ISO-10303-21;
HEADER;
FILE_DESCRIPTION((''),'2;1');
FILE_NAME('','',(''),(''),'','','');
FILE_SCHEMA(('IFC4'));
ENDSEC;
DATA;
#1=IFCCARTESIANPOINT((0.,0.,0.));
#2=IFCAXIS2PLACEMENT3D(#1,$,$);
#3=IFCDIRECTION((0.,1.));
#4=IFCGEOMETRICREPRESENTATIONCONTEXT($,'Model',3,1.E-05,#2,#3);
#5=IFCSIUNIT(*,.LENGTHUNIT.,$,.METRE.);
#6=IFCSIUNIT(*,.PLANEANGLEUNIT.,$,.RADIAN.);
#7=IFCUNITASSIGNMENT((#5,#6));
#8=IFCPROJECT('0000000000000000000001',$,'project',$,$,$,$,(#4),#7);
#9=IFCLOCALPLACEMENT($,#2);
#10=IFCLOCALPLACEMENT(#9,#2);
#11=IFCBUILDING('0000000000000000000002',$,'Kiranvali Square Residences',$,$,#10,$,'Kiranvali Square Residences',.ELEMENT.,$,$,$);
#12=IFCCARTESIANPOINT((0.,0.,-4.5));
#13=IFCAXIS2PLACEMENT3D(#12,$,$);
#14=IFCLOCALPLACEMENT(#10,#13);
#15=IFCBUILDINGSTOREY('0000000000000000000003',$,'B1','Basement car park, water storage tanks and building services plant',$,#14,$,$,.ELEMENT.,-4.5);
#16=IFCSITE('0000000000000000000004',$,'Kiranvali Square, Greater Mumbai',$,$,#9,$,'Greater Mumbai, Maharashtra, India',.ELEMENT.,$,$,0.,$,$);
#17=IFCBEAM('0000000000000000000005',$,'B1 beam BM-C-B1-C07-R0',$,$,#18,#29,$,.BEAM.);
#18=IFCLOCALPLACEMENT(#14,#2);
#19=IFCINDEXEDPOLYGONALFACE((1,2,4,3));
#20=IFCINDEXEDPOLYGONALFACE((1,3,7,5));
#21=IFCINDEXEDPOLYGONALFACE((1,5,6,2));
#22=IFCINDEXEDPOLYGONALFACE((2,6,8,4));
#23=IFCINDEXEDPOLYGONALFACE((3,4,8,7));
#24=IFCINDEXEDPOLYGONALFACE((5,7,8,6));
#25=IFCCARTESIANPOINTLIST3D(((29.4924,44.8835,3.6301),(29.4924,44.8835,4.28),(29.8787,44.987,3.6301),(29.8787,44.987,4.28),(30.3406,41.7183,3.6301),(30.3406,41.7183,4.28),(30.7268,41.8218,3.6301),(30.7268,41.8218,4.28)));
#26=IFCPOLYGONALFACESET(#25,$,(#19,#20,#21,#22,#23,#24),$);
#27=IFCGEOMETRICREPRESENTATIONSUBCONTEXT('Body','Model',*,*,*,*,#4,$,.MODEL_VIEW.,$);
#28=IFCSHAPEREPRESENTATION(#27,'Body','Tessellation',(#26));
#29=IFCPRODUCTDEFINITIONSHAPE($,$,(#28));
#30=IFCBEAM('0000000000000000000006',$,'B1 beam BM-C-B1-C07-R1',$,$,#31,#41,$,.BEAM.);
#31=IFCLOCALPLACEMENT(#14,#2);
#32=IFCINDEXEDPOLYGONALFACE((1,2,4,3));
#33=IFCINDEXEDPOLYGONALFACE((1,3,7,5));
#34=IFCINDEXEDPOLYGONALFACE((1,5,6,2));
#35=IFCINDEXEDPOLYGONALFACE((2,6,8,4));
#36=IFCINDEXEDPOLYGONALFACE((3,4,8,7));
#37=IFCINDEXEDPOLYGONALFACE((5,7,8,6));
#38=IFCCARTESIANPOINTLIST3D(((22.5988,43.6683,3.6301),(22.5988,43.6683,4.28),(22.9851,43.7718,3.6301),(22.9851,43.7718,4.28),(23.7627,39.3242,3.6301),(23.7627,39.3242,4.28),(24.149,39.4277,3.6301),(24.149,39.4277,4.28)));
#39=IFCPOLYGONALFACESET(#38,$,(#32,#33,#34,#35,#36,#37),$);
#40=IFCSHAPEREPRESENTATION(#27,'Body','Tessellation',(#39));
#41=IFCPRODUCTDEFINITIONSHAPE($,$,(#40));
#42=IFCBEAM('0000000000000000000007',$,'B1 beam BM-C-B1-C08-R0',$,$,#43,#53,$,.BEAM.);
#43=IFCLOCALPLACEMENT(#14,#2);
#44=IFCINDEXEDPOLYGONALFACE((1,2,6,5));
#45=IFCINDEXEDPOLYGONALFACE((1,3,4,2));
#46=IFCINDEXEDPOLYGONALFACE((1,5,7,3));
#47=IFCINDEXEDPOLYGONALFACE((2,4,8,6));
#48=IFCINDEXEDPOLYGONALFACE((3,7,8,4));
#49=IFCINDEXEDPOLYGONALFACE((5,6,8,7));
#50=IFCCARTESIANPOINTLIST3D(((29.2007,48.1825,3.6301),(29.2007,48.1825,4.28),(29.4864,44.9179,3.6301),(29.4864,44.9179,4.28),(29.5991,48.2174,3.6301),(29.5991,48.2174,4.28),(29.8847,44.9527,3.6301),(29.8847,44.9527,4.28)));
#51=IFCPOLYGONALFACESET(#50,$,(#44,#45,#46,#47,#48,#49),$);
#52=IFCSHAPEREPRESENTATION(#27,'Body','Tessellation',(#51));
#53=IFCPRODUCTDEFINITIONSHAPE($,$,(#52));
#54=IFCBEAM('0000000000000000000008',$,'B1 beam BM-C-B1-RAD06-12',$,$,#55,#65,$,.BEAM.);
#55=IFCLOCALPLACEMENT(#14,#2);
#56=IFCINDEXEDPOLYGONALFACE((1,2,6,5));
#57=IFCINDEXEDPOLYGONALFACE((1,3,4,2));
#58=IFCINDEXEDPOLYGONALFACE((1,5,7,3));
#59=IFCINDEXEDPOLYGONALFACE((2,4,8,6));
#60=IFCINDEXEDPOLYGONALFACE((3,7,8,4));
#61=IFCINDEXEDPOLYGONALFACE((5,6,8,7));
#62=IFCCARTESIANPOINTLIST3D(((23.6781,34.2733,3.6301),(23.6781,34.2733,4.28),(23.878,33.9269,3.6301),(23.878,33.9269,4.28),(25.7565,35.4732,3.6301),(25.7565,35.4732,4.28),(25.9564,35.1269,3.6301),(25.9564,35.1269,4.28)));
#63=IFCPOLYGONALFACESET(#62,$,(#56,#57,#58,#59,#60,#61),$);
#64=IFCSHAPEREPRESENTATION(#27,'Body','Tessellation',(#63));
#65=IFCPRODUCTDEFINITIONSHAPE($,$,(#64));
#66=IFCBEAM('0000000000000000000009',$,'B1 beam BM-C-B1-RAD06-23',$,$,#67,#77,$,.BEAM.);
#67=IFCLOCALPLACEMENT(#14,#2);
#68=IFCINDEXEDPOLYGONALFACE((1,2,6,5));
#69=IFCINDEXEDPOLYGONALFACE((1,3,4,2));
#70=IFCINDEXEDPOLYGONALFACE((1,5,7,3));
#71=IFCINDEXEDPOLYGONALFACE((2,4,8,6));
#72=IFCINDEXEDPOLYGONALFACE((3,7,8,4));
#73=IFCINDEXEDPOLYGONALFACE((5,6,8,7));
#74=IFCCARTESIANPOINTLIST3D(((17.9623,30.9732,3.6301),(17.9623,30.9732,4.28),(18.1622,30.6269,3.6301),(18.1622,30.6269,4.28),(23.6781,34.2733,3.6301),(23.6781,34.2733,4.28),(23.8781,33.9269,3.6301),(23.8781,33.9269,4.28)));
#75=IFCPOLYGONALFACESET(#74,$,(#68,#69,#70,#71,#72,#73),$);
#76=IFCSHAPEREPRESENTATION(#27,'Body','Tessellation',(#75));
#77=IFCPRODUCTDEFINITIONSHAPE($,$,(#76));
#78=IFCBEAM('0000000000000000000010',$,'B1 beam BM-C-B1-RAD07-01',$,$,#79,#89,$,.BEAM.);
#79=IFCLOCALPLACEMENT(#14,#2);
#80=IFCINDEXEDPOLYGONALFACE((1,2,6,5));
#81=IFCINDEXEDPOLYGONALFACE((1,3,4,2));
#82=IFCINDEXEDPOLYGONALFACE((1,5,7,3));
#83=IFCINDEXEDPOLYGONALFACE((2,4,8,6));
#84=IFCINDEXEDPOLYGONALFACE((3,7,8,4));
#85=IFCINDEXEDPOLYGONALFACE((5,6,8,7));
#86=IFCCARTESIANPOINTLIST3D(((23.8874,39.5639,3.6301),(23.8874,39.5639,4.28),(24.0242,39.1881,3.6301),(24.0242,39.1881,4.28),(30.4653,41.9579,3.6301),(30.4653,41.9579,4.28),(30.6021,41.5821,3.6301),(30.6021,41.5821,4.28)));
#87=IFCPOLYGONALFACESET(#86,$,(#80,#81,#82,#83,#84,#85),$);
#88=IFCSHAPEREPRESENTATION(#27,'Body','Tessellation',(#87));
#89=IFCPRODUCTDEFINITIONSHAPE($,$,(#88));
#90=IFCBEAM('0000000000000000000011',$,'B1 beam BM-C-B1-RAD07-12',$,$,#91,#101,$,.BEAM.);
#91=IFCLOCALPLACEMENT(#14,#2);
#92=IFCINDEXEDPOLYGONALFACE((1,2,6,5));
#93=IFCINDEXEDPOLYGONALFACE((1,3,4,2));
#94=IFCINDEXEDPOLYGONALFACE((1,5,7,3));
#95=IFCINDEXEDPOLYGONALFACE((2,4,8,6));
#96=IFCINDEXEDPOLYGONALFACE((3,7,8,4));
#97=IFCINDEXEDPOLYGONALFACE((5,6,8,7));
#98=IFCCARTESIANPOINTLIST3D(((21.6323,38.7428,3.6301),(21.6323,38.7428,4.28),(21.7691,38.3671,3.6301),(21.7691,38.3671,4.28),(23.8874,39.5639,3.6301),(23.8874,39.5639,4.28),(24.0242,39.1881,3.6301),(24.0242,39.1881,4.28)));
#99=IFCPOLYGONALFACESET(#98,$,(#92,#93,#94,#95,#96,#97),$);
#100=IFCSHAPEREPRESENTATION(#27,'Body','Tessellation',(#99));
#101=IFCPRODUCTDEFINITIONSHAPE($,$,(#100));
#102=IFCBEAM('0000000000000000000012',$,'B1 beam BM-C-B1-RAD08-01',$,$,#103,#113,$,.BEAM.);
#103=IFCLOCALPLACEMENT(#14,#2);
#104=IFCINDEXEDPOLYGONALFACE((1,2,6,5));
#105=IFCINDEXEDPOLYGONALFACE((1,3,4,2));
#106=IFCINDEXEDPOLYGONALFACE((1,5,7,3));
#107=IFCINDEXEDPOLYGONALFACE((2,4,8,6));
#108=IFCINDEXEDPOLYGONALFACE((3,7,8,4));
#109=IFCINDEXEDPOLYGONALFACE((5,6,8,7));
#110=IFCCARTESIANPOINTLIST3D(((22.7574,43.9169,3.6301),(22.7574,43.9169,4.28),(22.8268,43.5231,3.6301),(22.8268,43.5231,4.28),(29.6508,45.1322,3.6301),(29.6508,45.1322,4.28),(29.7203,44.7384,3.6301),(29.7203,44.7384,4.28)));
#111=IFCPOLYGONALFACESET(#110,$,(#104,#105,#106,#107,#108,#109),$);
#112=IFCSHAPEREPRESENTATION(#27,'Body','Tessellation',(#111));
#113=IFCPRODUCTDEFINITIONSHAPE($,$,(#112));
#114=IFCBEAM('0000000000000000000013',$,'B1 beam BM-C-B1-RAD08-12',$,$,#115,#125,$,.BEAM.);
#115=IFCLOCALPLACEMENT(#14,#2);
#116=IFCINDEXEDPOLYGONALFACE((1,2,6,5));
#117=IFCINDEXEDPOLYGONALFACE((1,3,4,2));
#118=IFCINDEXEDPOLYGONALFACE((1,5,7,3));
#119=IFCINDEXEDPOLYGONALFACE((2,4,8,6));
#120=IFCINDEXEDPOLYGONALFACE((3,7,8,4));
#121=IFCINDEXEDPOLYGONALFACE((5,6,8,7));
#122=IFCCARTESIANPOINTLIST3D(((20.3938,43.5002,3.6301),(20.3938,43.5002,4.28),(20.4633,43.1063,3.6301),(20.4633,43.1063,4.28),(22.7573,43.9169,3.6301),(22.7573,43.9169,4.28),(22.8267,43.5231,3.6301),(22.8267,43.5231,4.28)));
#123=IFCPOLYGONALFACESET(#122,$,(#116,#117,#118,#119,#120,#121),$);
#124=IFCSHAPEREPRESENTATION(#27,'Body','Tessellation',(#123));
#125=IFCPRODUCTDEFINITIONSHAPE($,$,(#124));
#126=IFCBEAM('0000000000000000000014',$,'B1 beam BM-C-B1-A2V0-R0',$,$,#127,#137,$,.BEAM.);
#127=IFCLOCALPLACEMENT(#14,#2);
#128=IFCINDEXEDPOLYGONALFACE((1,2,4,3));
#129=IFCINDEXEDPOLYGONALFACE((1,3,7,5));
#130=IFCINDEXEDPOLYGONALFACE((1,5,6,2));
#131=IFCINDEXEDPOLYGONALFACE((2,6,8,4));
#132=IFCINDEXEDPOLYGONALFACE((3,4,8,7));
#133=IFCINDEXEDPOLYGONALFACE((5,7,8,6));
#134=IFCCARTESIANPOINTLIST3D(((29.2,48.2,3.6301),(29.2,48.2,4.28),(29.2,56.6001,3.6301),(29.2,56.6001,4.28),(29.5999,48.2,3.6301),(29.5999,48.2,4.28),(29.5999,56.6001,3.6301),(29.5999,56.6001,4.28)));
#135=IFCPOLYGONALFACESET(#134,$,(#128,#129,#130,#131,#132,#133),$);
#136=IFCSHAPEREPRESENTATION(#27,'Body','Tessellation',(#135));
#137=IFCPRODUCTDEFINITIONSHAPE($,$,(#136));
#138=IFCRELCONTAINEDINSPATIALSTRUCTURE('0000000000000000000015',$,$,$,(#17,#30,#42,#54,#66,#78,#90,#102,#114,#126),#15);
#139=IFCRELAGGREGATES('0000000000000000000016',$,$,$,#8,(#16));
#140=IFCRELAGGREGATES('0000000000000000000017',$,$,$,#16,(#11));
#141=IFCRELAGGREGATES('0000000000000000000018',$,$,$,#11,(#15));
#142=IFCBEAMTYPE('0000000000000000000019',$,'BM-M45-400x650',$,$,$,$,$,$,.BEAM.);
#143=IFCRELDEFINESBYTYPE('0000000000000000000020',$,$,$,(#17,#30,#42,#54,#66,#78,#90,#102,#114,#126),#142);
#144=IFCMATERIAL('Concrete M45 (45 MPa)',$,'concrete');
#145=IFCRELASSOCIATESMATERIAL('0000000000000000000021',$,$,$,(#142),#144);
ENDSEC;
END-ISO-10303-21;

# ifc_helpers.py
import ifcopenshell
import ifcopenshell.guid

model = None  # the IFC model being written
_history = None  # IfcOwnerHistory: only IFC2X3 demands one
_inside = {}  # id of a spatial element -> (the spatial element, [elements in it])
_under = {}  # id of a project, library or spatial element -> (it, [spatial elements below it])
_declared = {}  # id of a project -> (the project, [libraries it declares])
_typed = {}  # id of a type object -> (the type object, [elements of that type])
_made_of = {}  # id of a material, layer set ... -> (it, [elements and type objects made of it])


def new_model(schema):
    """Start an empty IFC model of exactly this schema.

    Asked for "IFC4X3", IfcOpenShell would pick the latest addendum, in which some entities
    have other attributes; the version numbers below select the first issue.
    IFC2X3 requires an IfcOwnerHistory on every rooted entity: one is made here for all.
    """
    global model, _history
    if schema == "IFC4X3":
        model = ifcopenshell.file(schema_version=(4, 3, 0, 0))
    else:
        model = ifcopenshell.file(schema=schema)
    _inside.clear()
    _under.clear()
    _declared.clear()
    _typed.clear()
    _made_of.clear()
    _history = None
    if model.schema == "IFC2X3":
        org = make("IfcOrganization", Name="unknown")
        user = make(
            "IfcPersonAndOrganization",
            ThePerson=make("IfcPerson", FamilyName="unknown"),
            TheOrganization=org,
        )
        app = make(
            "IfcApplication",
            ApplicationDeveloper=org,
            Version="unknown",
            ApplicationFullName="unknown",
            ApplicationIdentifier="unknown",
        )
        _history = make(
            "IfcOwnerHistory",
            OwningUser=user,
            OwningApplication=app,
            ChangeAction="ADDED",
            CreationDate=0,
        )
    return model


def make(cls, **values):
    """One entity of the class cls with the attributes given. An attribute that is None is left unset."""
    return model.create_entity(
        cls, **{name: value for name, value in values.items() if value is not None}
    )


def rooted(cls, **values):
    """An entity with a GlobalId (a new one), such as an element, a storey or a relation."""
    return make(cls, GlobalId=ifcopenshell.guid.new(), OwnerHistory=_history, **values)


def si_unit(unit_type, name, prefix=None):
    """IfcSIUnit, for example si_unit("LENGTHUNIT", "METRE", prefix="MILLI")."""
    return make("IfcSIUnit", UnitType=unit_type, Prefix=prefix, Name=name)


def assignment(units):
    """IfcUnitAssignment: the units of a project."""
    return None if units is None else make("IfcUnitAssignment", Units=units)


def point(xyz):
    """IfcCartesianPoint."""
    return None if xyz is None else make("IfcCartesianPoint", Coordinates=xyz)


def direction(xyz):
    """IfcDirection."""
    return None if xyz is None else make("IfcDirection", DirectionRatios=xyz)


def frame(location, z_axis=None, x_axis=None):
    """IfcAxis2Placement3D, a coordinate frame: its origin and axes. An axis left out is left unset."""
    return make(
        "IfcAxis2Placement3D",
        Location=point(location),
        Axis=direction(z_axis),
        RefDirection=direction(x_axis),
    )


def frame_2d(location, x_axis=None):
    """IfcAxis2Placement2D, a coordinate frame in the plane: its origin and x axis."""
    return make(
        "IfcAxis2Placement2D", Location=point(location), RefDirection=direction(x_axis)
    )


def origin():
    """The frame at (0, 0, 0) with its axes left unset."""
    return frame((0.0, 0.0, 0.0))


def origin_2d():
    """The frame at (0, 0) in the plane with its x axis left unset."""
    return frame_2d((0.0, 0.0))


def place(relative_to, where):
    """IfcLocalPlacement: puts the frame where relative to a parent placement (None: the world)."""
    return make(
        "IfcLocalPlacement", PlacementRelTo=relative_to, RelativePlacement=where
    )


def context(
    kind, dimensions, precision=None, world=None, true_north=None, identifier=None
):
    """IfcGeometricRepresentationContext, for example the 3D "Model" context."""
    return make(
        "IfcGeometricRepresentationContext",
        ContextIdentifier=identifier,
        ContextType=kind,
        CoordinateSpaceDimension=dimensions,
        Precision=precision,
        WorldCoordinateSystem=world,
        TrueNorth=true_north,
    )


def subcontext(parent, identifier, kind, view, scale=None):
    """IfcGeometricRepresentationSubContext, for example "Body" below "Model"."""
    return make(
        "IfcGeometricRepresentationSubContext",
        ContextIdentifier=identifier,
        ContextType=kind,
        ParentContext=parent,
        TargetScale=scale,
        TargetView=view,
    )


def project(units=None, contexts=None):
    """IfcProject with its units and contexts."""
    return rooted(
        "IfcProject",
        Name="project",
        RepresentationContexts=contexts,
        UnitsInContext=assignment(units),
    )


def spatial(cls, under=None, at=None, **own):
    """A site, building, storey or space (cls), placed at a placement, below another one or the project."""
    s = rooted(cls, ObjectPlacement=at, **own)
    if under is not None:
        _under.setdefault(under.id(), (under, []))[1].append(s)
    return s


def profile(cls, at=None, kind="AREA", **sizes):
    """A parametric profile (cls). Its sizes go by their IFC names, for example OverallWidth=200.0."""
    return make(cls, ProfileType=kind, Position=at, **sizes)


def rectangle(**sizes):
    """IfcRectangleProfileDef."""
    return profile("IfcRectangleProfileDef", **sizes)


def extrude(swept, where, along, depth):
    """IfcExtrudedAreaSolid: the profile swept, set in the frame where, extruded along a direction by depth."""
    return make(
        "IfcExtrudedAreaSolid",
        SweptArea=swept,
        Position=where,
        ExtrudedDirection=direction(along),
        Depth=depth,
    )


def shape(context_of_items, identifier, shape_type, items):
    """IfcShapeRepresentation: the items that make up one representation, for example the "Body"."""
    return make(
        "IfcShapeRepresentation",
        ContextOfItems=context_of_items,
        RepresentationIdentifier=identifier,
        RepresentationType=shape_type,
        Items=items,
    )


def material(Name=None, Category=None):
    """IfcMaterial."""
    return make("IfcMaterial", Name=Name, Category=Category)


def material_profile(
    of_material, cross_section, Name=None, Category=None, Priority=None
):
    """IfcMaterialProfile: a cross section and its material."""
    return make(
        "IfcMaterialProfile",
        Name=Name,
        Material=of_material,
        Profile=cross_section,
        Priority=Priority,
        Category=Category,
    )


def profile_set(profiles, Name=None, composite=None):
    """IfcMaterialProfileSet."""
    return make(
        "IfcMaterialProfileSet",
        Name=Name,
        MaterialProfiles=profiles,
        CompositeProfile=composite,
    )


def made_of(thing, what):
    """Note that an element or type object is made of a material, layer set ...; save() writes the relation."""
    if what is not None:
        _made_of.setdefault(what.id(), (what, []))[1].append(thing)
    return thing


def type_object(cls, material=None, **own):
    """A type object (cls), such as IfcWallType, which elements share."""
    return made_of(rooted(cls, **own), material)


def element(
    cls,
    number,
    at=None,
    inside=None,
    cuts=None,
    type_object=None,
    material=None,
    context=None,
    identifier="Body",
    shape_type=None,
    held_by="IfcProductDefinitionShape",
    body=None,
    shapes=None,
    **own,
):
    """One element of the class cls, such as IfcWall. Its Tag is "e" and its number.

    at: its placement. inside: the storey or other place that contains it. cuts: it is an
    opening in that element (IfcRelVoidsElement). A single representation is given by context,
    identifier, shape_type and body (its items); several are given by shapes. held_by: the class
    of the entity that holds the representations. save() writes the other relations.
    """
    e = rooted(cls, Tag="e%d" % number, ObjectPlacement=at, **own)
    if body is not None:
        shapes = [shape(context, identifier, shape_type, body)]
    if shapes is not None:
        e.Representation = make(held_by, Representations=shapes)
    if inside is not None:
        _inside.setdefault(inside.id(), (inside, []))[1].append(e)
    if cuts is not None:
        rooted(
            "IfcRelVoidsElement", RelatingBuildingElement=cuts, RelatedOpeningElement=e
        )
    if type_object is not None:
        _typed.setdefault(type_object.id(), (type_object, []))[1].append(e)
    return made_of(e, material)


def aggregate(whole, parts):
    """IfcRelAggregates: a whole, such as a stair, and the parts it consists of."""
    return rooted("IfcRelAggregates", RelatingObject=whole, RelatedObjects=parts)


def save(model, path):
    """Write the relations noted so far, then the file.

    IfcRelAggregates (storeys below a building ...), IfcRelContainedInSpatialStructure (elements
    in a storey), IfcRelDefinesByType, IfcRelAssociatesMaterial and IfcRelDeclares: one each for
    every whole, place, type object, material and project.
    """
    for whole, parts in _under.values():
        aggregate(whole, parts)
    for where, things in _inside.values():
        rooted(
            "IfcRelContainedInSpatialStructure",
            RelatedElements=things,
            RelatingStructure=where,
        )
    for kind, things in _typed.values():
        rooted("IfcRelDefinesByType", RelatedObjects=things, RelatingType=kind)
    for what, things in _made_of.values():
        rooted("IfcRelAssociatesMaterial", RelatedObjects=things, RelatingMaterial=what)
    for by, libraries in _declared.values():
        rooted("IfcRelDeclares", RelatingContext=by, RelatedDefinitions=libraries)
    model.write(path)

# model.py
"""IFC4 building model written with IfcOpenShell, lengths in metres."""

from ifc_helpers import new_model, si_unit, direction, frame, origin, origin_2d, place, context, subcontext, project, spatial, rectangle, extrude, material, material_profile, profile_set, type_object, element, save


model = new_model("IFC4")

# Units and contexts
model_context = context("Model", 3, precision=1e-05, world=origin(), true_north=direction((0.0, 1.0)))
body_context = subcontext(model_context, "Body", "Model", "MODEL_VIEW")
ifc_project = project(units=[si_unit("LENGTHUNIT", "METRE"), si_unit("PLANEANGLEUNIT", "RADIAN")], contexts=[model_context])

# Site, building, storey
site_placement = place(None, origin())
site = spatial("IfcSite", under=ifc_project, at=site_placement, Name="Kiranvali Square, Greater Mumbai", LongName="Greater Mumbai, Maharashtra, India", CompositionType="ELEMENT", RefElevation=0.0)
building_placement = place(site_placement, origin())
building = spatial("IfcBuilding", under=site, at=building_placement, Name="Kiranvali Square Residences", LongName="Kiranvali Square Residences", CompositionType="ELEMENT")
storey_placement = place(building_placement, frame((0.0, 0.0, -4.5)))
storey = spatial("IfcBuildingStorey", under=building, at=storey_placement, Name="B1", Description="Basement car park, water storage tanks and building services plant", CompositionType="ELEMENT", Elevation=-4.5)

# Shared definitions
ifc_material_1 = material(Name="Concrete M45 (45 MPa)", Category="concrete")

# Beams
ifc_material_profile_1 = material_profile(ifc_material_1, rectangle(XDim=0.3999, YDim=0.6499, at=origin_2d()), Name="RC 400x650")
ifc_profile_set_1 = profile_set([ifc_material_profile_1], Name="Concrete M45 (45 MPa)")
beam_type = type_object("IfcBeamType", Name="BM-M45-400x650", PredefinedType="BEAM", material=ifc_profile_set_1)
beam_1_placement = place(storey_placement, frame((30.5337, 41.77, 3.9551), z_axis=(-0.258822, 0.965925, 0.0), x_axis=(-0.965925, -0.258822, 0.0)))
element("IfcBeam", 1, at=beam_1_placement, inside=storey, type_object=beam_type, Name="B1 beam BM-C-B1-C07-R0", PredefinedType="BEAM", context=body_context, shape_type="SweptSolid", body=[
    extrude(rectangle(XDim=0.3999, YDim=0.6499, at=origin_2d()), origin(), (0.0, 0.0, 1.0), 3.2769),
])
beam_2_placement = place(storey_placement, frame((23.9558, 39.376, 3.9551), z_axis=(-0.258788, 0.965934, 0.0), x_axis=(-0.965934, -0.258788, 0.0)))
element("IfcBeam", 2, at=beam_2_placement, inside=storey, type_object=beam_type, Name="B1 beam BM-C-B1-C07-R1", PredefinedType="BEAM", context=body_context, shape_type="SweptSolid", body=[
    extrude(rectangle(XDim=0.3999, YDim=0.6499, at=origin_2d()), origin(), (0.0, 0.0, 1.0), 4.4973),
])
beam_3_placement = place(storey_placement, frame((29.6855, 44.9353, 3.9551), z_axis=(-0.087163, 0.996194, 0.0), x_axis=(-0.996194, -0.087163, 0.0)))
element("IfcBeam", 3, at=beam_3_placement, inside=storey, type_object=beam_type, Name="B1 beam BM-C-B1-C08-R0", PredefinedType="BEAM", context=body_context, shape_type="SweptSolid", body=[
    extrude(rectangle(XDim=0.3999, YDim=0.6499, at=origin_2d()), origin(), (0.0, 0.0, 1.0), 3.2771),
])
beam_4_placement = place(storey_placement, frame((25.8564, 35.3, 3.9551), z_axis=(-0.866025, -0.500001, 0.0), x_axis=(0.500001, -0.866025, 0.0)))
element("IfcBeam", 4, at=beam_4_placement, inside=storey, type_object=beam_type, Name="B1 beam BM-C-B1-RAD06-12", PredefinedType="BEAM", context=body_context, shape_type="SweptSolid", body=[
    extrude(rectangle(XDim=0.3999, YDim=0.6499, at=origin_2d()), origin(), (0.0, 0.0, 1.0), 2.3999),
])
beam_5_placement = place(storey_placement, frame((23.7781, 34.1001, 3.9551), z_axis=(-0.866024, -0.500002, 0.0), x_axis=(0.500002, -0.866024, 0.0)))
element("IfcBeam", 5, at=beam_5_placement, inside=storey, type_object=beam_type, Name="B1 beam BM-C-B1-RAD06-23", PredefinedType="BEAM", context=body_context, shape_type="SweptSolid", body=[
    extrude(rectangle(XDim=0.3999, YDim=0.6499, at=origin_2d()), origin(), (0.0, 0.0, 1.0), 6.6001),
])
beam_6_placement = place(storey_placement, frame((30.5337, 41.77, 3.9551), z_axis=(-0.939698, -0.342006, 0.0), x_axis=(0.342006, -0.939698, 0.0)))
element("IfcBeam", 6, at=beam_6_placement, inside=storey, type_object=beam_type, Name="B1 beam BM-C-B1-RAD07-01", PredefinedType="BEAM", context=body_context, shape_type="SweptSolid", body=[
    extrude(rectangle(XDim=0.3999, YDim=0.6499, at=origin_2d()), origin(), (0.0, 0.0, 1.0), 7.0),
])
beam_7_placement = place(storey_placement, frame((23.9558, 39.376, 3.9551), z_axis=(-0.93966, -0.342111, 0.0), x_axis=(0.342111, -0.93966, 0.0)))
element("IfcBeam", 7, at=beam_7_placement, inside=storey, type_object=beam_type, Name="B1 beam BM-C-B1-RAD07-12", PredefinedType="BEAM", context=body_context, shape_type="SweptSolid", body=[
    extrude(rectangle(XDim=0.3999, YDim=0.6499, at=origin_2d()), origin(), (0.0, 0.0, 1.0), 2.3999),
])
beam_8_placement = place(storey_placement, frame((29.6855, 44.9353, 3.9551), z_axis=(-0.984812, -0.173622, 0.0), x_axis=(0.173622, -0.984812, 0.0)))
element("IfcBeam", 8, at=beam_8_placement, inside=storey, type_object=beam_type, Name="B1 beam BM-C-B1-RAD08-01", PredefinedType="BEAM", context=body_context, shape_type="SweptSolid", body=[
    extrude(rectangle(XDim=0.3999, YDim=0.6499, at=origin_2d()), origin(), (0.0, 0.0, 1.0), 6.9998),
])
beam_9_placement = place(storey_placement, frame((22.792, 43.72, 3.9551), z_axis=(-0.984808, -0.173646, 0.0), x_axis=(0.173646, -0.984808, 0.0)))
element("IfcBeam", 9, at=beam_9_placement, inside=storey, type_object=beam_type, Name="B1 beam BM-C-B1-RAD08-12", PredefinedType="BEAM", context=body_context, shape_type="SweptSolid", body=[
    extrude(rectangle(XDim=0.3999, YDim=0.6499, at=origin_2d()), origin(), (0.0, 0.0, 1.0), 2.3999),
])
beam_10_placement = place(storey_placement, frame((29.3999, 48.2, 3.9551), z_axis=(0.0, 1.0, 0.0), x_axis=(-1.0, 0.0, 0.0)))
element("IfcBeam", 10, at=beam_10_placement, inside=storey, type_object=beam_type, Name="B1 beam BM-C-B1-A2V0-R0", PredefinedType="BEAM", context=body_context, shape_type="SweptSolid", body=[
    extrude(rectangle(XDim=0.3999, YDim=0.6499, at=origin_2d()), origin(), (0.0, 0.0, 1.0), 8.4001),
])

save(model, "model.ifc")
